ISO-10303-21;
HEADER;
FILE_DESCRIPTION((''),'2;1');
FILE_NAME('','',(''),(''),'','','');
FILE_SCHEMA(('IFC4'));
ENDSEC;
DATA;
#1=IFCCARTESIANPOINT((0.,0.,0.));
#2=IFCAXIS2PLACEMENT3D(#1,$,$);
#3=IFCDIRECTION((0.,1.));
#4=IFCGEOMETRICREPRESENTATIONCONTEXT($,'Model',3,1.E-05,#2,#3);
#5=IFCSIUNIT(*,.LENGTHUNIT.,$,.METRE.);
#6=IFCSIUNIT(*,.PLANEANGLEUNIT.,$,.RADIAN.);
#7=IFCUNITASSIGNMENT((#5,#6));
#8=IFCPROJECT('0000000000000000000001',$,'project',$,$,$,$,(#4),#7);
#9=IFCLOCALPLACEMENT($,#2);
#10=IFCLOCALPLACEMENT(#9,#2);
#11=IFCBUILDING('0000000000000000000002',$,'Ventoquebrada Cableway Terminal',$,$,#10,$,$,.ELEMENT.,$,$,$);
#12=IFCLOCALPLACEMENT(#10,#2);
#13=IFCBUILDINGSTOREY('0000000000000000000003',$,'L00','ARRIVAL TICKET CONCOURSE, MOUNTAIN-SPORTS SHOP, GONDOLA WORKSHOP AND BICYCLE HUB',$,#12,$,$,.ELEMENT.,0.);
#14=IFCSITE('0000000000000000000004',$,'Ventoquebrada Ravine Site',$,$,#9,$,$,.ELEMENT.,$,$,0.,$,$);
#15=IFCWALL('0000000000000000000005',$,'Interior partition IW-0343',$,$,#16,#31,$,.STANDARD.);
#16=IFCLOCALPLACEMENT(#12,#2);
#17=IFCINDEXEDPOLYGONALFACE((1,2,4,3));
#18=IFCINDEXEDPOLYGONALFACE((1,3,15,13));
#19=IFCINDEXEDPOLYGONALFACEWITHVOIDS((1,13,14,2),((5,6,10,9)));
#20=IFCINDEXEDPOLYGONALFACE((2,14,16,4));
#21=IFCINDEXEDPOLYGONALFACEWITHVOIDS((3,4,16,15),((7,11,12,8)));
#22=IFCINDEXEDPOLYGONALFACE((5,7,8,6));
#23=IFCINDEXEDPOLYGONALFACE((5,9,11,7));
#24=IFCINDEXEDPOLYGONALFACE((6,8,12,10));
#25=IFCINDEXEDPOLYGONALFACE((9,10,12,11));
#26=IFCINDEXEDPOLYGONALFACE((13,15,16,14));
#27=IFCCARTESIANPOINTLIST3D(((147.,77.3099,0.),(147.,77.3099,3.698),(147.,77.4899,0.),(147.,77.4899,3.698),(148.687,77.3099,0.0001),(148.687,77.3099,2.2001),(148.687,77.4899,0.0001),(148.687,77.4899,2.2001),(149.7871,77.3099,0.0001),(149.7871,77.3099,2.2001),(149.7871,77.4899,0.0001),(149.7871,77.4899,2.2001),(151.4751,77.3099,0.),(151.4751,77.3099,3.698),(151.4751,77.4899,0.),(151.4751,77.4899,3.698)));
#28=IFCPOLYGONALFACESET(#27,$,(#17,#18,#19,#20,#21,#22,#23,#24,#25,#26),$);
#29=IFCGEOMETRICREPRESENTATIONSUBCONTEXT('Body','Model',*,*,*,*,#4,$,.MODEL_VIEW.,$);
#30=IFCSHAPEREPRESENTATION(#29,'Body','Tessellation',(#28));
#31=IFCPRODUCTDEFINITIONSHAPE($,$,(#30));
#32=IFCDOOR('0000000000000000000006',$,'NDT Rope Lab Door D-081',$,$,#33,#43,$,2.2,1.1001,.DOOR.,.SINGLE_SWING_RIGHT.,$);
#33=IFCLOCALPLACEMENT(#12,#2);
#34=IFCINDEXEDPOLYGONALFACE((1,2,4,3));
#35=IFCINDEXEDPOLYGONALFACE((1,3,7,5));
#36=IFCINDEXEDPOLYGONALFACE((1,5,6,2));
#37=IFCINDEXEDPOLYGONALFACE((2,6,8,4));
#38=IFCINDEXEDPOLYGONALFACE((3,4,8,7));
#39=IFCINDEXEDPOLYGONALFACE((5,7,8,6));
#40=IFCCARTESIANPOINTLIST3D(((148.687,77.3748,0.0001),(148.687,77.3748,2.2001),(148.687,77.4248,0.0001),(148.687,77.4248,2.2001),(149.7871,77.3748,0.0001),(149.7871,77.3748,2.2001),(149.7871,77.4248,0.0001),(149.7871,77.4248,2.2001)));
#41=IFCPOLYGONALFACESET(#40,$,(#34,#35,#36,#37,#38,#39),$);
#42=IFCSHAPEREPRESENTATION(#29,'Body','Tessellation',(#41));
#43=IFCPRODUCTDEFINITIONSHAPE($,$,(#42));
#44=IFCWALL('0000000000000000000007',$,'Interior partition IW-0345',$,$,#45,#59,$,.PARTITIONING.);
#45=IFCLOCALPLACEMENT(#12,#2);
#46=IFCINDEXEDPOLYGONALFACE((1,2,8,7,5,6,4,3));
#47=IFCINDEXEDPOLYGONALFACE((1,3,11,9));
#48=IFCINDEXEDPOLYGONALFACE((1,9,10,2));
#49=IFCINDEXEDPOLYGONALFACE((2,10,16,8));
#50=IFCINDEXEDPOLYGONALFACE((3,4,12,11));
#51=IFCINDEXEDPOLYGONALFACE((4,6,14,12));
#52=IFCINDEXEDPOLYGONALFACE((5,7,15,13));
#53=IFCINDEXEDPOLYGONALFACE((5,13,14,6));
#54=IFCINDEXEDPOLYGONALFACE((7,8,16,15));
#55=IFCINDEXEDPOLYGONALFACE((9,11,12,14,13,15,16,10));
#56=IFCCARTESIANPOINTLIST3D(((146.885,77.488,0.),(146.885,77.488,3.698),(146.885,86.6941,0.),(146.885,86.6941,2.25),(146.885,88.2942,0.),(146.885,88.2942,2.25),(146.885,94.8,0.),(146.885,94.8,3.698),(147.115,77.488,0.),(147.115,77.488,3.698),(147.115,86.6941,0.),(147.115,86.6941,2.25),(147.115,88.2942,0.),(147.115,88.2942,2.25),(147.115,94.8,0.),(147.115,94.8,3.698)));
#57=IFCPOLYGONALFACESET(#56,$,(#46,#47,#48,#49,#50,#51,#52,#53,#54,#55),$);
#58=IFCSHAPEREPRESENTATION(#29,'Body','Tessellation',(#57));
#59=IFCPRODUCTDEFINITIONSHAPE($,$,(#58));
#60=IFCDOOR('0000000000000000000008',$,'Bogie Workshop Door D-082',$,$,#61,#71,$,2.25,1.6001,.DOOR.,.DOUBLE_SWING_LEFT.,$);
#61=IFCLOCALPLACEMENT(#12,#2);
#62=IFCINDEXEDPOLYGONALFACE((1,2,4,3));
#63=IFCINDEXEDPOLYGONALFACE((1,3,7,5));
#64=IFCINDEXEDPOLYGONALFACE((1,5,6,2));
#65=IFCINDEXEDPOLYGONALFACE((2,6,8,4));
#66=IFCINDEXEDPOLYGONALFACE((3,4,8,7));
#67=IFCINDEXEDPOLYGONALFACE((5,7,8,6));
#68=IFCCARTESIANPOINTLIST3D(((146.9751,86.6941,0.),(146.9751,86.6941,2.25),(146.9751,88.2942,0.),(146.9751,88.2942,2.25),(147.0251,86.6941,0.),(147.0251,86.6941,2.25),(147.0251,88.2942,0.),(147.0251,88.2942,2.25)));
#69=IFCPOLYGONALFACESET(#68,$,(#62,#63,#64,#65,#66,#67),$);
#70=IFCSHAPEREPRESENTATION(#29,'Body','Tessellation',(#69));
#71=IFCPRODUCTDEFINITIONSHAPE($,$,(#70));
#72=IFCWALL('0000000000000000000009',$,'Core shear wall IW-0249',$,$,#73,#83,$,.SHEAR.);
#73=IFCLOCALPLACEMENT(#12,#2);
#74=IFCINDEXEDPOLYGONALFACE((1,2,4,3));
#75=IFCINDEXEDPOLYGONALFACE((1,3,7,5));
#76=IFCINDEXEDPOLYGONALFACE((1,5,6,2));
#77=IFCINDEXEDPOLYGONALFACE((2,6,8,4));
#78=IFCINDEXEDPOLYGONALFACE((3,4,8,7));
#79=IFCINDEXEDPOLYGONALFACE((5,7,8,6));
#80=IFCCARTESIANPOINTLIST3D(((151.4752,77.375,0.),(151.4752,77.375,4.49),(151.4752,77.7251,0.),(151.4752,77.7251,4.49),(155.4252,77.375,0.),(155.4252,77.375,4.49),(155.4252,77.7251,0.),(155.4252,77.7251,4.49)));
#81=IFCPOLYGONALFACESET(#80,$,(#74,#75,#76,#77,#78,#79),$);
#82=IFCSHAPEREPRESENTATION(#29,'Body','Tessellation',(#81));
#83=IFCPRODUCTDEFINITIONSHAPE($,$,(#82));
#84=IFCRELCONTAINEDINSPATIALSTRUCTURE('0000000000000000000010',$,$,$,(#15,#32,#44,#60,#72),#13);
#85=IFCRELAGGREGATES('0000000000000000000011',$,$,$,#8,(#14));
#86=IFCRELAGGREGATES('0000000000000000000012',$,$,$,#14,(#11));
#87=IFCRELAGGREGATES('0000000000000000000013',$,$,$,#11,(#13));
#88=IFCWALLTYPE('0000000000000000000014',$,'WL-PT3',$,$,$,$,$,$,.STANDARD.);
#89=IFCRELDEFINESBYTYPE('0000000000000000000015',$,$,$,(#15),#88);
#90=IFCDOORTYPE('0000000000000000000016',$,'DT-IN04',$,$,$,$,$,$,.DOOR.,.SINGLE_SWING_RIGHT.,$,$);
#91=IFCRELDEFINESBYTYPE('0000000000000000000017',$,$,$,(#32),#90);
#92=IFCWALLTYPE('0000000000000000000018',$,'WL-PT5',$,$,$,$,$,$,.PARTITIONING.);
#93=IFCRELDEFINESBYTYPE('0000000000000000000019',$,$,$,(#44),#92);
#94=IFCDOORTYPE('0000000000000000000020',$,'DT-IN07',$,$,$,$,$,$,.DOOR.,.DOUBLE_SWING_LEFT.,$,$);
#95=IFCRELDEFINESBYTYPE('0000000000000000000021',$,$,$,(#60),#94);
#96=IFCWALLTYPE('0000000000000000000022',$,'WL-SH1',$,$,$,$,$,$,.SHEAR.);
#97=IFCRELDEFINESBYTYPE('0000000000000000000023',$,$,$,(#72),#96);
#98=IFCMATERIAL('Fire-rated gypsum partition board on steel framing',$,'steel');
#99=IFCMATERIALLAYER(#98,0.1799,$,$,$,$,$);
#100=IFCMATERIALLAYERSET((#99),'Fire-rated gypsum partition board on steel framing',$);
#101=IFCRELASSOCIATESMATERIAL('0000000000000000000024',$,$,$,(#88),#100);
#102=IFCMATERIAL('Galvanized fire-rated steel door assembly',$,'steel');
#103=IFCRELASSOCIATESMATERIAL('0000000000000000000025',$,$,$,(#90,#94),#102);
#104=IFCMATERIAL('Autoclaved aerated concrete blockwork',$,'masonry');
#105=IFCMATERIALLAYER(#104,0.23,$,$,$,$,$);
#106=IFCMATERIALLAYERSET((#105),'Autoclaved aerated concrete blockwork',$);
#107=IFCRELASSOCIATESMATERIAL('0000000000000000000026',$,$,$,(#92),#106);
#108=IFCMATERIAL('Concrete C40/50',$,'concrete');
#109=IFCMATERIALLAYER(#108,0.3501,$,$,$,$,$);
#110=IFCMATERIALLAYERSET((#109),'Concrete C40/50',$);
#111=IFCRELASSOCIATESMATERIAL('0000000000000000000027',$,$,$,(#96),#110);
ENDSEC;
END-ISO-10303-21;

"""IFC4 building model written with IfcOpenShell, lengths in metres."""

from ifc_helpers import new_model, si_unit, direction, frame, frame_2d, origin, place, context, subcontext, project, spatial, rectangle, extrude, material, layer, layer_set, type_object, element, fill, save


model = new_model("IFC4")

# Units and contexts
model_context = context("Model", 3, precision=1e-05, world=origin(), true_north=direction((0.0, 1.0)))
body_context = subcontext(model_context, "Body", "Model", "MODEL_VIEW")
ifc_project = project(units=[si_unit("LENGTHUNIT", "METRE"), si_unit("PLANEANGLEUNIT", "RADIAN")], contexts=[model_context])

# Site, building, storey
site_placement = place(None, origin())
site = spatial("IfcSite", under=ifc_project, at=site_placement, Name="Ventoquebrada Ravine Site", CompositionType="ELEMENT", RefElevation=0.0)
building_placement = place(site_placement, origin())
building = spatial("IfcBuilding", under=site, at=building_placement, Name="Ventoquebrada Cableway Terminal", CompositionType="ELEMENT")
storey_placement = place(building_placement, origin())
storey = spatial("IfcBuildingStorey", under=building, at=storey_placement, Name="L00", Description="ARRIVAL TICKET CONCOURSE, MOUNTAIN-SPORTS SHOP, GONDOLA WORKSHOP AND BICYCLE HUB", CompositionType="ELEMENT", Elevation=0.0)

# Shared definitions
ifc_material_1 = material(Name="Concrete C40/50", Category="concrete")

# Shared definitions
ifc_material_2 = material(Name="Fire-rated gypsum partition board on steel framing", Category="steel")

# Walls, openings, doors
ifc_layer_1 = layer(ifc_material_2, 0.1799)
ifc_layer_set_1 = layer_set([ifc_layer_1], Name="Fire-rated gypsum partition board on steel framing")
wall_type_1 = type_object("IfcWallType", Name="WL-PT3", PredefinedType="STANDARD", material=ifc_layer_set_1)
wall_1_placement = place(storey_placement, frame((147.0, 77.3999, 0.0), z_axis=(0.0, 0.0, 1.0), x_axis=(1.0, 0.0, 0.0)))
wall_1 = element("IfcWall", 1, at=wall_1_placement, inside=storey, type_object=wall_type_1, Name="Interior partition IW-0343", PredefinedType="STANDARD", context=body_context, shape_type="SweptSolid", body=[
    extrude(rectangle(XDim=4.4751, YDim=0.1799, at=frame_2d((2.2375, 0.0))), origin(), (0.0, 0.0, 1.0), 3.698),
])
opening_1_placement = place(wall_1_placement, frame((1.687, 0.0, 0.0)))
opening_1 = element("IfcOpeningElement", 2, at=opening_1_placement, cuts=wall_1, PredefinedType="OPENING", context=body_context, shape_type="SweptSolid", body=[
    extrude(rectangle(XDim=1.1001, YDim=2.2, at=frame_2d((0.55, 1.1001))), frame((0.0, 0.0999, 0.0), z_axis=(0.0, -1.0, 0.0), x_axis=(1.0, 0.0, 0.0)), (0.0, 0.0, 1.0), 0.2),
])
ifc_material_3 = material(Name="Galvanized fire-rated steel door assembly", Category="steel")
door_type_1 = type_object("IfcDoorType", Name="DT-IN04", OperationType="SINGLE_SWING_RIGHT", PredefinedType="DOOR", material=ifc_material_3)
door_1_placement = place(opening_1_placement, origin())
door_1 = element("IfcDoor", 3, at=door_1_placement, inside=storey, type_object=door_type_1, Name="NDT Rope Lab Door D-081", OperationType="SINGLE_SWING_RIGHT", OverallHeight=2.2, OverallWidth=1.1001, PredefinedType="DOOR", context=body_context, shape_type="SweptSolid", body=[
    extrude(rectangle(XDim=1.1001, YDim=2.2, at=frame_2d((0.55, 1.1001))), frame((0.0, 0.0249, 0.0), z_axis=(0.0, -1.0, 0.0), x_axis=(1.0, 0.0, 0.0)), (0.0, 0.0, 1.0), 0.05),
])
fill(opening_1, door_1)
ifc_material_4 = material(Name="Autoclaved aerated concrete blockwork", Category="masonry")
ifc_layer_2 = layer(ifc_material_4, 0.23)
ifc_layer_set_2 = layer_set([ifc_layer_2], Name="Autoclaved aerated concrete blockwork")
wall_type_2 = type_object("IfcWallType", Name="WL-PT5", PredefinedType="PARTITIONING", material=ifc_layer_set_2)
wall_2_placement = place(storey_placement, frame((147.0, 77.488, 0.0), z_axis=(0.0, 0.0, 1.0), x_axis=(0.0, 1.0, 0.0)))
wall_2 = element("IfcWall", 4, at=wall_2_placement, inside=storey, type_object=wall_type_2, Name="Interior partition IW-0345", PredefinedType="PARTITIONING", context=body_context, shape_type="SweptSolid", body=[
    extrude(rectangle(XDim=17.312, YDim=0.23, at=frame_2d((8.656, 0.0))), origin(), (0.0, 0.0, 1.0), 3.698),
])
opening_2_placement = place(wall_2_placement, frame((9.2061, 0.0, 0.0)))
opening_2 = element("IfcOpeningElement", 5, at=opening_2_placement, cuts=wall_2, PredefinedType="OPENING", context=body_context, shape_type="SweptSolid", body=[
    extrude(rectangle(XDim=1.6001, YDim=2.25, at=frame_2d((0.8, 1.125))), frame((0.0, 0.125, 0.0), z_axis=(0.0, -1.0, 0.0), x_axis=(1.0, 0.0, 0.0)), (0.0, 0.0, 1.0), 0.25),
])
door_type_2 = type_object("IfcDoorType", Name="DT-IN07", OperationType="DOUBLE_SWING_LEFT", PredefinedType="DOOR", material=ifc_material_3)
door_2_placement = place(opening_2_placement, origin())
door_2 = element("IfcDoor", 6, at=door_2_placement, inside=storey, type_object=door_type_2, Name="Bogie Workshop Door D-082", OperationType="DOUBLE_SWING_LEFT", OverallHeight=2.25, OverallWidth=1.6001, PredefinedType="DOOR", context=body_context, shape_type="SweptSolid", body=[
    extrude(rectangle(XDim=1.6001, YDim=2.25, at=frame_2d((0.8, 1.125))), frame((0.0, 0.0249, 0.0), z_axis=(0.0, -1.0, 0.0), x_axis=(1.0, 0.0, 0.0)), (0.0, 0.0, 1.0), 0.05),
])
fill(opening_2, door_2)

# Wall
ifc_layer_3 = layer(ifc_material_1, 0.3501)
ifc_layer_set_3 = layer_set([ifc_layer_3], Name="Concrete C40/50")
wall_type_3 = type_object("IfcWallType", Name="WL-SH1", PredefinedType="SHEAR", material=ifc_layer_set_3)
wall_3_placement = place(storey_placement, frame((151.4751, 77.55, 0.0), z_axis=(0.0, 0.0, 1.0), x_axis=(1.0, 0.0, 0.0)))
element("IfcWall", 7, at=wall_3_placement, inside=storey, type_object=wall_type_3, Name="Core shear wall IW-0249", PredefinedType="SHEAR", context=body_context, shape_type="SweptSolid", body=[
    extrude(rectangle(XDim=3.95, YDim=0.3501, at=frame_2d((1.9751, 0.0))), origin(), (0.0, 0.0, 1.0), 4.49),
])

save(model, "model.ifc")
